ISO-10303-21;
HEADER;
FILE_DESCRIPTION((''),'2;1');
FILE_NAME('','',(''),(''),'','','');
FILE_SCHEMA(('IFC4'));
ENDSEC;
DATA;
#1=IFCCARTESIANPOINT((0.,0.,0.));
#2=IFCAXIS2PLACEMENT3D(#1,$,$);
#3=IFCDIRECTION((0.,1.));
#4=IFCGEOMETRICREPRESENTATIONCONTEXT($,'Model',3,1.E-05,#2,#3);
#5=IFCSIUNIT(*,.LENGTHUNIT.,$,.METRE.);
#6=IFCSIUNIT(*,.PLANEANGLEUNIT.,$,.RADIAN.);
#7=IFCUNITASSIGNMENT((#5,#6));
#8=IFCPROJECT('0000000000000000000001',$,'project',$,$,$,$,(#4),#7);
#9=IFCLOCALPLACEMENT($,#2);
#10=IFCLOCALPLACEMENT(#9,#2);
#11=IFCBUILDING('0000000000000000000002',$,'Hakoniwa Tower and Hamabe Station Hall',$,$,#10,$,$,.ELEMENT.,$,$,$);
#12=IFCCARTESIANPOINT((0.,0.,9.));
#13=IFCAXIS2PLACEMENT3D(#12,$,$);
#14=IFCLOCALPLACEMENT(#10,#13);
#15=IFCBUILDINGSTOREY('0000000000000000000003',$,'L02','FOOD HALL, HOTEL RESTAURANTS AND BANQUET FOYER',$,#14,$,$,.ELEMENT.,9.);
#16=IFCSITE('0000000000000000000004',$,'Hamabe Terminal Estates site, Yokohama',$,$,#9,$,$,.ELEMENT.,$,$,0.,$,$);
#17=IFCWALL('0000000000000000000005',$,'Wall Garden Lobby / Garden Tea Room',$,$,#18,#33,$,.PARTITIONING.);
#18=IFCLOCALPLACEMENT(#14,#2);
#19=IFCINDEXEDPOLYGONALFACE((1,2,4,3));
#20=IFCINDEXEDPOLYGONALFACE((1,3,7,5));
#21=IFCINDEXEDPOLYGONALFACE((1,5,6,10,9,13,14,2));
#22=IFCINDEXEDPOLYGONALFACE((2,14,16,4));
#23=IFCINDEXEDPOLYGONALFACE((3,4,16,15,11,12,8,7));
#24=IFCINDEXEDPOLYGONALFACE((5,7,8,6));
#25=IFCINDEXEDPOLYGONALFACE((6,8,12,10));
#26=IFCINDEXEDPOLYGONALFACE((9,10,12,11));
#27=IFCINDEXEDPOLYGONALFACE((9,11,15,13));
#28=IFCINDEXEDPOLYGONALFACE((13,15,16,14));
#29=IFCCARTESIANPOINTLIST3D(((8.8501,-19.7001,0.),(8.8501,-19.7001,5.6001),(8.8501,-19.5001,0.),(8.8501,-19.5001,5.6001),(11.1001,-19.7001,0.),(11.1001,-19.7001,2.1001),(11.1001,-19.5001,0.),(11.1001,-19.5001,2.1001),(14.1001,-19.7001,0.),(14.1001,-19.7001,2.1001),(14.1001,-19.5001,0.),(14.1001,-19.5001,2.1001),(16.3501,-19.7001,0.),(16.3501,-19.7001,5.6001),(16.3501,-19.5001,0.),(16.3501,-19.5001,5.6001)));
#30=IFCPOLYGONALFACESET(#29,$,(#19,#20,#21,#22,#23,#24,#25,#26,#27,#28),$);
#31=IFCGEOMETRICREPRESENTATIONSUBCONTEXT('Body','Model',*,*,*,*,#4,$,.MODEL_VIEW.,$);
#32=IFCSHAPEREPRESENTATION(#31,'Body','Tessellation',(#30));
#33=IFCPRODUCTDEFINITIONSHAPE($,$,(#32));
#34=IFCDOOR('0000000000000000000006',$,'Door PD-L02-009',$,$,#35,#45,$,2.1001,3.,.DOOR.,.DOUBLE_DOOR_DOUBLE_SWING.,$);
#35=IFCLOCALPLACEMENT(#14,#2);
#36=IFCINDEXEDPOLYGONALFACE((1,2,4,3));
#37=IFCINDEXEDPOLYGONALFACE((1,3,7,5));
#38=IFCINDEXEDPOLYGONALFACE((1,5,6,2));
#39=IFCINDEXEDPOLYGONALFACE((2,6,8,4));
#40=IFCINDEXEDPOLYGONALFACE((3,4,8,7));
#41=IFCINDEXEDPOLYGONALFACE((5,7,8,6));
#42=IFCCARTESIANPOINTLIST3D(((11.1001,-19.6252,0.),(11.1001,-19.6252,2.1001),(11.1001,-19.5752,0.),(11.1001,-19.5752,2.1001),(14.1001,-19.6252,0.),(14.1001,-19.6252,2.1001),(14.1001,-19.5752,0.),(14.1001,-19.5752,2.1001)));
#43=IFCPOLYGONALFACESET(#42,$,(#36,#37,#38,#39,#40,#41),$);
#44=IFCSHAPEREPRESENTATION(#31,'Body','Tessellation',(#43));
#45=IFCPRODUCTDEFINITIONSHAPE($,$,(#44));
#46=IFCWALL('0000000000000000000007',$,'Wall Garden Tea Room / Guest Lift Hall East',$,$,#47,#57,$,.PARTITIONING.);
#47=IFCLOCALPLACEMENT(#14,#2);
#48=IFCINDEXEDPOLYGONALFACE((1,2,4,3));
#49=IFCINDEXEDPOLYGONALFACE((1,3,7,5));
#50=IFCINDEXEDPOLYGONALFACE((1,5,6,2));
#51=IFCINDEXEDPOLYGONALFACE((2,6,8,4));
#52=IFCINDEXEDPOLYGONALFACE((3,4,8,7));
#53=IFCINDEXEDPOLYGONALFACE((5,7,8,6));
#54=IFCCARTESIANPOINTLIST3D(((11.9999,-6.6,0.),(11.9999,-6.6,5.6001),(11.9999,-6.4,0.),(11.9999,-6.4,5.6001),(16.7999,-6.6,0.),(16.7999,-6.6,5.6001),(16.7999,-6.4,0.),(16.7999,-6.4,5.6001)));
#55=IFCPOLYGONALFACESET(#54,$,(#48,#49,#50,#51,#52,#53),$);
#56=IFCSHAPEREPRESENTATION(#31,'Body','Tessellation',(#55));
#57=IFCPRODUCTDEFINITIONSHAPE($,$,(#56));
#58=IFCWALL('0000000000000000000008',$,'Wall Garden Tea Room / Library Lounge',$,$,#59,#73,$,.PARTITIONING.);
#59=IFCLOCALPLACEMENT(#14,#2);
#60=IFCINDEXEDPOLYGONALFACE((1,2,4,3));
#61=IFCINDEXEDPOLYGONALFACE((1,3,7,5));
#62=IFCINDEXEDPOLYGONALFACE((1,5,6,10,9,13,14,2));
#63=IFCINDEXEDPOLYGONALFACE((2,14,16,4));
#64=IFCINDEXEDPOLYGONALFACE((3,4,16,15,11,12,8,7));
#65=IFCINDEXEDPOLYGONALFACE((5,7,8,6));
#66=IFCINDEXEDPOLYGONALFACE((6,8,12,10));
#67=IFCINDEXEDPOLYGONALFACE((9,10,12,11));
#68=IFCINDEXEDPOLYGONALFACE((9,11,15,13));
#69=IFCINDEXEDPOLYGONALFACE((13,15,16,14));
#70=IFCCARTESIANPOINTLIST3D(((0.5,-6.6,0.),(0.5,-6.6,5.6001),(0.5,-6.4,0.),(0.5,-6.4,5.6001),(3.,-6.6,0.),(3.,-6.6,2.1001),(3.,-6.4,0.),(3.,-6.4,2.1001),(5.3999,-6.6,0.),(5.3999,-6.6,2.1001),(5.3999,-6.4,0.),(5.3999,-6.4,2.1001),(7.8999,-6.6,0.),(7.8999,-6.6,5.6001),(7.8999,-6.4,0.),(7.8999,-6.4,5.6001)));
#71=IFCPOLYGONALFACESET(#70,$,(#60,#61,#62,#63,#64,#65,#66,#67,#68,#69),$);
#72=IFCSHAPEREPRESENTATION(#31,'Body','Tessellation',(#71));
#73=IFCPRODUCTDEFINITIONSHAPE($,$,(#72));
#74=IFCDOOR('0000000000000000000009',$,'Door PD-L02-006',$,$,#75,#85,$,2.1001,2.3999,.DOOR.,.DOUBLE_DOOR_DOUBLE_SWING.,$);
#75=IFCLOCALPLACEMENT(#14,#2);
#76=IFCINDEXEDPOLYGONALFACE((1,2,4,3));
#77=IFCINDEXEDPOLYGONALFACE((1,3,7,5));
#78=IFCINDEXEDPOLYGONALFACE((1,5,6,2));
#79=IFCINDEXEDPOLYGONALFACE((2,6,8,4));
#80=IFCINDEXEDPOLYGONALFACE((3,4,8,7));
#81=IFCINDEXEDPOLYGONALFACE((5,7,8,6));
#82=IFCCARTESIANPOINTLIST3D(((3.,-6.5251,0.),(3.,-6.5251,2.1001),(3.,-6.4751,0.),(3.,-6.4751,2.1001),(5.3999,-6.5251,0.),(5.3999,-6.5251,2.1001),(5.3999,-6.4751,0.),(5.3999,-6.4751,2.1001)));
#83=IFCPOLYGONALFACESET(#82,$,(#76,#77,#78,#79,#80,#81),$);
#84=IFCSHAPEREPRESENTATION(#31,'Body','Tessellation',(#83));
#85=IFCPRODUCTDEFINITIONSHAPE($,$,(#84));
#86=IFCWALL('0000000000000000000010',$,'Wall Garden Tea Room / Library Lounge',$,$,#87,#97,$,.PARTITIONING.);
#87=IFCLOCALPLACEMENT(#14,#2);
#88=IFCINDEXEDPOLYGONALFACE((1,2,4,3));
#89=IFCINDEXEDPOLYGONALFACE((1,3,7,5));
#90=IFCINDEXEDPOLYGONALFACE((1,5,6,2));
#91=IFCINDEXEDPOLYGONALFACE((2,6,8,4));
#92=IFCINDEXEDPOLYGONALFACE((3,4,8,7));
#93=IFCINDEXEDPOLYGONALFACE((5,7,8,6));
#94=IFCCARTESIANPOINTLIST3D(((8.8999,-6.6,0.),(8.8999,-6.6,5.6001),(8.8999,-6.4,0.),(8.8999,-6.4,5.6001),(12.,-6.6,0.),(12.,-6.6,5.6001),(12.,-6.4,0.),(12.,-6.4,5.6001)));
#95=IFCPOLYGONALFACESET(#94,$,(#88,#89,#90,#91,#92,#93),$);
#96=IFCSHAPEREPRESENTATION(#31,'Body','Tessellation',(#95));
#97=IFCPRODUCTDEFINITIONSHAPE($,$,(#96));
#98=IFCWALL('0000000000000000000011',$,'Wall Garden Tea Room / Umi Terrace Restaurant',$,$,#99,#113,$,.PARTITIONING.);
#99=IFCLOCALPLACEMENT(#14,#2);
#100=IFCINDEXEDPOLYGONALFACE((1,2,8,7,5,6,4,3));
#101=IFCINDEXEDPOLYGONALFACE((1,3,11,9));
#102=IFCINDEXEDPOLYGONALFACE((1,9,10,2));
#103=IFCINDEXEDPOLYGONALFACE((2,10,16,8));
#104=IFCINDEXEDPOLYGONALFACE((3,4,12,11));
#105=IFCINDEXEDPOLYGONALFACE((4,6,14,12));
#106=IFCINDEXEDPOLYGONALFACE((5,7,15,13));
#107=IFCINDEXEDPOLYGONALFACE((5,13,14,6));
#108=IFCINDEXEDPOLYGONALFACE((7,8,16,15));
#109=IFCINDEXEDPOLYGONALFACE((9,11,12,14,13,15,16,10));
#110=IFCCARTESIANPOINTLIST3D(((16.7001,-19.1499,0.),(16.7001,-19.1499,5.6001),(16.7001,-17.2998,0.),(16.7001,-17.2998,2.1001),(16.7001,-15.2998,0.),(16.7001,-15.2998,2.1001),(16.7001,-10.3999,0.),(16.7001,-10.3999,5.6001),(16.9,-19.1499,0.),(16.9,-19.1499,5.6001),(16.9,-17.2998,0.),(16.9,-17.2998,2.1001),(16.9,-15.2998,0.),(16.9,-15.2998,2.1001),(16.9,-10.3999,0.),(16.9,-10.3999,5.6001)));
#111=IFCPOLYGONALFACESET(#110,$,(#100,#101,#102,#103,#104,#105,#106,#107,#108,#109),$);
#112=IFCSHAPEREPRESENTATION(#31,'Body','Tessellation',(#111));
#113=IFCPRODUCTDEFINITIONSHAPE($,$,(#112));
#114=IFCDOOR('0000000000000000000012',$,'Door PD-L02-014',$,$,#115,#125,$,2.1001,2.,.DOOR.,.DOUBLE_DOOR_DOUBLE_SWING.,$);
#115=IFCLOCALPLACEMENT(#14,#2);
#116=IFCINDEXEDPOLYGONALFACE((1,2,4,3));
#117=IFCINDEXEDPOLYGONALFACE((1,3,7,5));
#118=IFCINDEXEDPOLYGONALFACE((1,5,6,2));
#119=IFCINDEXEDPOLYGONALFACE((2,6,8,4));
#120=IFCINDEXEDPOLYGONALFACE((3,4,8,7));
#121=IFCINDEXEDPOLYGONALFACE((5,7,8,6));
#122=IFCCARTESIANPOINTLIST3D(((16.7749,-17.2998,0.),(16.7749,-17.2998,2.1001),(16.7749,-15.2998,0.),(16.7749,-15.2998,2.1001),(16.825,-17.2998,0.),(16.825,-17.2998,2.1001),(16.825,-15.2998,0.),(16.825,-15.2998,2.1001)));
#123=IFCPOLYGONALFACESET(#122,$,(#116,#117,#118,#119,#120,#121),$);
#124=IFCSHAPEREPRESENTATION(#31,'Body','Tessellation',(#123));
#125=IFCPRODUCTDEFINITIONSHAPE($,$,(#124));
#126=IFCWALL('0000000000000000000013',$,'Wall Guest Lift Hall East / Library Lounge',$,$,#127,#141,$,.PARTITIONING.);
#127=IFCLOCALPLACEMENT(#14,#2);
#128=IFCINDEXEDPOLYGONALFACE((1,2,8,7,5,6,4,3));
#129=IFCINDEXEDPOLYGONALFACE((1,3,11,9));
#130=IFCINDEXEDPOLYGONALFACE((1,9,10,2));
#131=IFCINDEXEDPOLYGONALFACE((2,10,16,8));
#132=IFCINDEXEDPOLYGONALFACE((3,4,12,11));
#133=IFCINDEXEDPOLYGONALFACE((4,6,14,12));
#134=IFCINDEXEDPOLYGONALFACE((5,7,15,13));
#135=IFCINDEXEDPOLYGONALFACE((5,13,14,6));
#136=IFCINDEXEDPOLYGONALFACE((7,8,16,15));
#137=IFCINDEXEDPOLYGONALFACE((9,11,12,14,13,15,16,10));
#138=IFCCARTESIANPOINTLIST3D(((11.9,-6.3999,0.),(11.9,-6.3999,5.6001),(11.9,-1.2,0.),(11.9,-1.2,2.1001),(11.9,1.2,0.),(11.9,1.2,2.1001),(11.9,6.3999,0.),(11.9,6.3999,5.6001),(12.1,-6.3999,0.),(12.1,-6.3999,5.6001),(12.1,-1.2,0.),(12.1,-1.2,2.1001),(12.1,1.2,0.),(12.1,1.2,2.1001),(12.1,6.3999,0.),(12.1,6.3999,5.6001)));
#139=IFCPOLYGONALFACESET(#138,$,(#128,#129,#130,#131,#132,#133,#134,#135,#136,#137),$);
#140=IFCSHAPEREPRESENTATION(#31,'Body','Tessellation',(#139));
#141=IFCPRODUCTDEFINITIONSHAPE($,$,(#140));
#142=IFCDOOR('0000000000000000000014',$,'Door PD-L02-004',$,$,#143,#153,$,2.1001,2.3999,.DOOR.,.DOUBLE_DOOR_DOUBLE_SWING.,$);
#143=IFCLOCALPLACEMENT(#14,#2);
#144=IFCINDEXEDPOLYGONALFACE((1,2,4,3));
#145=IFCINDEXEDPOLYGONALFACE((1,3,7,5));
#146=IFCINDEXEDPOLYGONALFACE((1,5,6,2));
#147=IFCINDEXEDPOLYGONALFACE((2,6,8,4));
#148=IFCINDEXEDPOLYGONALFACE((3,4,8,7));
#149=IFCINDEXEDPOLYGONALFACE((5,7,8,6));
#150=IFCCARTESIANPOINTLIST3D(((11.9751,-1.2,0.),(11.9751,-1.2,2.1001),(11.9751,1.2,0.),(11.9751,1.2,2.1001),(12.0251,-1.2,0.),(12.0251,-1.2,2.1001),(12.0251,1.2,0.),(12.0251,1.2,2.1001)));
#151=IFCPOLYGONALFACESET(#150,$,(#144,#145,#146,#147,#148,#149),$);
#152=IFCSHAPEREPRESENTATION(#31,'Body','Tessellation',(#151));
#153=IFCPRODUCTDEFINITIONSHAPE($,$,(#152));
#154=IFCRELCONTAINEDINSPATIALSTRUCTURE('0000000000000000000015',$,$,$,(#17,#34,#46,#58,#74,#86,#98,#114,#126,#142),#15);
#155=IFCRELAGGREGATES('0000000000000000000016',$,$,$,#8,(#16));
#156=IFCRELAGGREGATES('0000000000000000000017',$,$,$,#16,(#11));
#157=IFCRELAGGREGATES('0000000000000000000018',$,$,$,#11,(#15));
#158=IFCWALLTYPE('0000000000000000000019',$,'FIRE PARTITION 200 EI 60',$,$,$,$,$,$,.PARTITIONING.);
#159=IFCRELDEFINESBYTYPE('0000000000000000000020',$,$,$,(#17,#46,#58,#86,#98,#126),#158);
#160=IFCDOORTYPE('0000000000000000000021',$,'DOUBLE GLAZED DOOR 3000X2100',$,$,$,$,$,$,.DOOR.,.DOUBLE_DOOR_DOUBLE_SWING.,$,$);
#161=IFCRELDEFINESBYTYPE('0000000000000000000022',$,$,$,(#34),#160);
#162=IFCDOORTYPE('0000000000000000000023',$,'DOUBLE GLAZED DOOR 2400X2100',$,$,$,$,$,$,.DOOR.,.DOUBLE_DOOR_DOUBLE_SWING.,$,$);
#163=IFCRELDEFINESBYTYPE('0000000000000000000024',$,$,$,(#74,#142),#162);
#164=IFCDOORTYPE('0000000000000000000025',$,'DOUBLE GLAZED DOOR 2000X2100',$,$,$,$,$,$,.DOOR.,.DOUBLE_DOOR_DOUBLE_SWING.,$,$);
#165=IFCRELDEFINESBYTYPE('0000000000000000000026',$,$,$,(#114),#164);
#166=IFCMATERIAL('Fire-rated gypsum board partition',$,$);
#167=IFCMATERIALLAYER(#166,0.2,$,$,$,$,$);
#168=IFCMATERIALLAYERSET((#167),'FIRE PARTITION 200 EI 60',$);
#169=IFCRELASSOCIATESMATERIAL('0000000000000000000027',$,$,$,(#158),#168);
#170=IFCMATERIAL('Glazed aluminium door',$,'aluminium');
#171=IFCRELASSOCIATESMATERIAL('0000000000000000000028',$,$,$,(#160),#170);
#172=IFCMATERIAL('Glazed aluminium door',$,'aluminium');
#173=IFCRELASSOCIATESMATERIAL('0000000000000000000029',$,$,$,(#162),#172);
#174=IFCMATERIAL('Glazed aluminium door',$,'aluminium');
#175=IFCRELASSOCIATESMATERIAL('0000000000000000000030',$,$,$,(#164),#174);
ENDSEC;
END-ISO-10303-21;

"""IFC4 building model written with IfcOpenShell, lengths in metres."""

from ifc_helpers import new_model, si_unit, direction, frame, frame_2d, origin, place, context, subcontext, project, spatial, rectangle, extrude, material, layer, layer_set, type_object, element, fill, save


model = new_model("IFC4")

# Units and contexts
model_context = context("Model", 3, precision=1e-05, world=origin(), true_north=direction((0.0, 1.0)))
body_context = subcontext(model_context, "Body", "Model", "MODEL_VIEW")
ifc_project = project(units=[si_unit("LENGTHUNIT", "METRE"), si_unit("PLANEANGLEUNIT", "RADIAN")], contexts=[model_context])

# Site, building, storey
site_placement = place(None, origin())
site = spatial("IfcSite", under=ifc_project, at=site_placement, Name="Hamabe Terminal Estates site, Yokohama", CompositionType="ELEMENT", RefElevation=0.0)
building_placement = place(site_placement, origin())
building = spatial("IfcBuilding", under=site, at=building_placement, Name="Hakoniwa Tower and Hamabe Station Hall", CompositionType="ELEMENT")
storey_placement = place(building_placement, frame((0.0, 0.0, 9.0)))
storey = spatial("IfcBuildingStorey", under=building, at=storey_placement, Name="L02", Description="FOOD HALL, HOTEL RESTAURANTS AND BANQUET FOYER", CompositionType="ELEMENT", Elevation=9.0)

# Shared definitions
ifc_material_1 = material(Name="Fire-rated gypsum board partition")
ifc_layer_1 = layer(ifc_material_1, 0.2)
ifc_layer_set_1 = layer_set([ifc_layer_1], Name="FIRE PARTITION 200 EI 60")
wall_type_1 = type_object("IfcWallType", Name="FIRE PARTITION 200 EI 60", PredefinedType="PARTITIONING", material=ifc_layer_set_1)

# Wall, opening, door
wall_1_placement = place(storey_placement, frame((8.8501, -19.6001, 0.0), z_axis=(0.0, 0.0, 1.0), x_axis=(1.0, 0.0, 0.0)))
wall_1 = element("IfcWall", 1, at=wall_1_placement, inside=storey, type_object=wall_type_1, Name="Wall Garden Lobby / Garden Tea Room", PredefinedType="PARTITIONING", context=body_context, shape_type="SweptSolid", body=[
    extrude(rectangle(XDim=7.5, YDim=0.2, at=frame_2d((3.75, 0.0))), origin(), (0.0, 0.0, 1.0), 5.6001),
])
opening_1_placement = place(wall_1_placement, frame((2.25, 0.0, 0.0)))
opening_1 = element("IfcOpeningElement", 2, at=opening_1_placement, cuts=wall_1, PredefinedType="OPENING", context=body_context, shape_type="SweptSolid", body=[
    extrude(rectangle(XDim=3.0, YDim=2.1001, at=frame_2d((1.5, 1.05))), frame((0.0, 0.1099, 0.0), z_axis=(0.0, -1.0, 0.0), x_axis=(1.0, 0.0, 0.0)), (0.0, 0.0, 1.0), 0.22),
])
ifc_material_2 = material(Name="Glazed aluminium door", Category="aluminium")
door_type_1 = type_object("IfcDoorType", Name="DOUBLE GLAZED DOOR 3000X2100", OperationType="DOUBLE_DOOR_DOUBLE_SWING", PredefinedType="DOOR", material=ifc_material_2)
door_1_placement = place(opening_1_placement, origin())
door_1 = element("IfcDoor", 3, at=door_1_placement, inside=storey, type_object=door_type_1, Name="Door PD-L02-009", OperationType="DOUBLE_DOOR_DOUBLE_SWING", OverallHeight=2.1001, OverallWidth=3.0, PredefinedType="DOOR", context=body_context, shape_type="SweptSolid", body=[
    extrude(rectangle(XDim=3.0, YDim=2.1001, at=frame_2d((1.5, 1.05))), frame((0.0, 0.0249, 0.0), z_axis=(0.0, -1.0, 0.0), x_axis=(1.0, 0.0, 0.0)), (0.0, 0.0, 1.0), 0.05),
])
fill(opening_1, door_1)

# Wall
wall_2_placement = place(storey_placement, frame((12.0, -6.5, 0.0), z_axis=(0.0, 0.0, 1.0), x_axis=(1.0, 0.0, 0.0)))
element("IfcWall", 4, at=wall_2_placement, inside=storey, type_object=wall_type_1, Name="Wall Garden Tea Room / Guest Lift Hall East", PredefinedType="PARTITIONING", context=body_context, shape_type="SweptSolid", body=[
    extrude(rectangle(XDim=4.8, YDim=0.2, at=frame_2d((2.3999, 0.0))), origin(), (0.0, 0.0, 1.0), 5.6001),
])

# Wall, opening, door
wall_3_placement = place(storey_placement, frame((0.5, -6.5, 0.0), z_axis=(0.0, 0.0, 1.0), x_axis=(1.0, 0.0, 0.0)))
wall_3 = element("IfcWall", 5, at=wall_3_placement, inside=storey, type_object=wall_type_1, Name="Wall Garden Tea Room / Library Lounge", PredefinedType="PARTITIONING", context=body_context, shape_type="SweptSolid", body=[
    extrude(rectangle(XDim=7.3999, YDim=0.2, at=frame_2d((3.7, 0.0))), origin(), (0.0, 0.0, 1.0), 5.6001),
])
opening_2_placement = place(wall_3_placement, frame((2.5, 0.0, 0.0)))
opening_2 = element("IfcOpeningElement", 6, at=opening_2_placement, cuts=wall_3, PredefinedType="OPENING", context=body_context, shape_type="SweptSolid", body=[
    extrude(rectangle(XDim=2.3999, YDim=2.1001, at=frame_2d((1.2, 1.05))), frame((0.0, 0.1099, 0.0), z_axis=(0.0, -1.0, 0.0), x_axis=(1.0, 0.0, 0.0)), (0.0, 0.0, 1.0), 0.22),
])
ifc_material_3 = material(Name="Glazed aluminium door", Category="aluminium")
door_type_2 = type_object("IfcDoorType", Name="DOUBLE GLAZED DOOR 2400X2100", OperationType="DOUBLE_DOOR_DOUBLE_SWING", PredefinedType="DOOR", material=ifc_material_3)
door_2_placement = place(opening_2_placement, origin())
door_2 = element("IfcDoor", 7, at=door_2_placement, inside=storey, type_object=door_type_2, Name="Door PD-L02-006", OperationType="DOUBLE_DOOR_DOUBLE_SWING", OverallHeight=2.1001, OverallWidth=2.3999, PredefinedType="DOOR", context=body_context, shape_type="SweptSolid", body=[
    extrude(rectangle(XDim=2.3999, YDim=2.1001, at=frame_2d((1.2, 1.05))), frame((0.0, 0.0249, 0.0), z_axis=(0.0, -1.0, 0.0), x_axis=(1.0, 0.0, 0.0)), (0.0, 0.0, 1.0), 0.05),
])
fill(opening_2, door_2)

# Wall
wall_4_placement = place(storey_placement, frame((8.8999, -6.5, 0.0), z_axis=(0.0, 0.0, 1.0), x_axis=(1.0, 0.0, 0.0)))
element("IfcWall", 8, at=wall_4_placement, inside=storey, type_object=wall_type_1, Name="Wall Garden Tea Room / Library Lounge", PredefinedType="PARTITIONING", context=body_context, shape_type="SweptSolid", body=[
    extrude(rectangle(XDim=3.1001, YDim=0.2, at=frame_2d((1.55, 0.0))), origin(), (0.0, 0.0, 1.0), 5.6001),
])

# Walls, openings, doors
wall_5_placement = place(storey_placement, frame((16.8, -10.3999, 0.0), z_axis=(0.0, 0.0, 1.0), x_axis=(0.0, -1.0, 0.0)))
wall_5 = element("IfcWall", 9, at=wall_5_placement, inside=storey, type_object=wall_type_1, Name="Wall Garden Tea Room / Umi Terrace Restaurant", PredefinedType="PARTITIONING", context=body_context, shape_type="SweptSolid", body=[
    extrude(rectangle(XDim=8.75, YDim=0.2, at=frame_2d((4.375, 0.0))), origin(), (0.0, 0.0, 1.0), 5.6001),
])
opening_3_placement = place(wall_5_placement, frame((4.8999, 0.0, 0.0)))
opening_3 = element("IfcOpeningElement", 10, at=opening_3_placement, cuts=wall_5, PredefinedType="OPENING", context=body_context, shape_type="SweptSolid", body=[
    extrude(rectangle(XDim=2.0, YDim=2.1001, at=frame_2d((1.0, 1.05))), frame((0.0, 0.1099, 0.0), z_axis=(0.0, -1.0, 0.0), x_axis=(1.0, 0.0, 0.0)), (0.0, 0.0, 1.0), 0.22),
])
ifc_material_4 = material(Name="Glazed aluminium door", Category="aluminium")
door_type_3 = type_object("IfcDoorType", Name="DOUBLE GLAZED DOOR 2000X2100", OperationType="DOUBLE_DOOR_DOUBLE_SWING", PredefinedType="DOOR", material=ifc_material_4)
door_3_placement = place(opening_3_placement, origin())
door_3 = element("IfcDoor", 11, at=door_3_placement, inside=storey, type_object=door_type_3, Name="Door PD-L02-014", OperationType="DOUBLE_DOOR_DOUBLE_SWING", OverallHeight=2.1001, OverallWidth=2.0, PredefinedType="DOOR", context=body_context, shape_type="SweptSolid", body=[
    extrude(rectangle(XDim=2.0, YDim=2.1001, at=frame_2d((1.0, 1.05))), frame((0.0, 0.0249, 0.0), z_axis=(0.0, -1.0, 0.0), x_axis=(1.0, 0.0, 0.0)), (0.0, 0.0, 1.0), 0.05),
])
fill(opening_3, door_3)
wall_6_placement = place(storey_placement, frame((12.0, -6.3999, 0.0), z_axis=(0.0, 0.0, 1.0), x_axis=(0.0, 1.0, 0.0)))
wall_6 = element("IfcWall", 12, at=wall_6_placement, inside=storey, type_object=wall_type_1, Name="Wall Guest Lift Hall East / Library Lounge", PredefinedType="PARTITIONING", context=body_context, shape_type="SweptSolid", body=[
    extrude(rectangle(XDim=12.7998, YDim=0.2, at=frame_2d((6.3999, 0.0))), origin(), (0.0, 0.0, 1.0), 5.6001),
])
opening_4_placement = place(wall_6_placement, frame((5.2, 0.0, 0.0)))
opening_4 = element("IfcOpeningElement", 13, at=opening_4_placement, cuts=wall_6, PredefinedType="OPENING", context=body_context, shape_type="SweptSolid", body=[
    extrude(rectangle(XDim=2.3999, YDim=2.1001, at=frame_2d((1.2, 1.05))), frame((0.0, 0.1099, 0.0), z_axis=(0.0, -1.0, 0.0), x_axis=(1.0, 0.0, 0.0)), (0.0, 0.0, 1.0), 0.22),
])
door_4_placement = place(opening_4_placement, origin())
door_4 = element("IfcDoor", 14, at=door_4_placement, inside=storey, type_object=door_type_2, Name="Door PD-L02-004", OperationType="DOUBLE_DOOR_DOUBLE_SWING", OverallHeight=2.1001, OverallWidth=2.3999, PredefinedType="DOOR", context=body_context, shape_type="SweptSolid", body=[
    extrude(rectangle(XDim=2.3999, YDim=2.1001, at=frame_2d((1.2, 1.05))), frame((0.0, 0.0249, 0.0), z_axis=(0.0, -1.0, 0.0), x_axis=(1.0, 0.0, 0.0)), (0.0, 0.0, 1.0), 0.05),
])
fill(opening_4, door_4)

save(model, "model.ifc")
